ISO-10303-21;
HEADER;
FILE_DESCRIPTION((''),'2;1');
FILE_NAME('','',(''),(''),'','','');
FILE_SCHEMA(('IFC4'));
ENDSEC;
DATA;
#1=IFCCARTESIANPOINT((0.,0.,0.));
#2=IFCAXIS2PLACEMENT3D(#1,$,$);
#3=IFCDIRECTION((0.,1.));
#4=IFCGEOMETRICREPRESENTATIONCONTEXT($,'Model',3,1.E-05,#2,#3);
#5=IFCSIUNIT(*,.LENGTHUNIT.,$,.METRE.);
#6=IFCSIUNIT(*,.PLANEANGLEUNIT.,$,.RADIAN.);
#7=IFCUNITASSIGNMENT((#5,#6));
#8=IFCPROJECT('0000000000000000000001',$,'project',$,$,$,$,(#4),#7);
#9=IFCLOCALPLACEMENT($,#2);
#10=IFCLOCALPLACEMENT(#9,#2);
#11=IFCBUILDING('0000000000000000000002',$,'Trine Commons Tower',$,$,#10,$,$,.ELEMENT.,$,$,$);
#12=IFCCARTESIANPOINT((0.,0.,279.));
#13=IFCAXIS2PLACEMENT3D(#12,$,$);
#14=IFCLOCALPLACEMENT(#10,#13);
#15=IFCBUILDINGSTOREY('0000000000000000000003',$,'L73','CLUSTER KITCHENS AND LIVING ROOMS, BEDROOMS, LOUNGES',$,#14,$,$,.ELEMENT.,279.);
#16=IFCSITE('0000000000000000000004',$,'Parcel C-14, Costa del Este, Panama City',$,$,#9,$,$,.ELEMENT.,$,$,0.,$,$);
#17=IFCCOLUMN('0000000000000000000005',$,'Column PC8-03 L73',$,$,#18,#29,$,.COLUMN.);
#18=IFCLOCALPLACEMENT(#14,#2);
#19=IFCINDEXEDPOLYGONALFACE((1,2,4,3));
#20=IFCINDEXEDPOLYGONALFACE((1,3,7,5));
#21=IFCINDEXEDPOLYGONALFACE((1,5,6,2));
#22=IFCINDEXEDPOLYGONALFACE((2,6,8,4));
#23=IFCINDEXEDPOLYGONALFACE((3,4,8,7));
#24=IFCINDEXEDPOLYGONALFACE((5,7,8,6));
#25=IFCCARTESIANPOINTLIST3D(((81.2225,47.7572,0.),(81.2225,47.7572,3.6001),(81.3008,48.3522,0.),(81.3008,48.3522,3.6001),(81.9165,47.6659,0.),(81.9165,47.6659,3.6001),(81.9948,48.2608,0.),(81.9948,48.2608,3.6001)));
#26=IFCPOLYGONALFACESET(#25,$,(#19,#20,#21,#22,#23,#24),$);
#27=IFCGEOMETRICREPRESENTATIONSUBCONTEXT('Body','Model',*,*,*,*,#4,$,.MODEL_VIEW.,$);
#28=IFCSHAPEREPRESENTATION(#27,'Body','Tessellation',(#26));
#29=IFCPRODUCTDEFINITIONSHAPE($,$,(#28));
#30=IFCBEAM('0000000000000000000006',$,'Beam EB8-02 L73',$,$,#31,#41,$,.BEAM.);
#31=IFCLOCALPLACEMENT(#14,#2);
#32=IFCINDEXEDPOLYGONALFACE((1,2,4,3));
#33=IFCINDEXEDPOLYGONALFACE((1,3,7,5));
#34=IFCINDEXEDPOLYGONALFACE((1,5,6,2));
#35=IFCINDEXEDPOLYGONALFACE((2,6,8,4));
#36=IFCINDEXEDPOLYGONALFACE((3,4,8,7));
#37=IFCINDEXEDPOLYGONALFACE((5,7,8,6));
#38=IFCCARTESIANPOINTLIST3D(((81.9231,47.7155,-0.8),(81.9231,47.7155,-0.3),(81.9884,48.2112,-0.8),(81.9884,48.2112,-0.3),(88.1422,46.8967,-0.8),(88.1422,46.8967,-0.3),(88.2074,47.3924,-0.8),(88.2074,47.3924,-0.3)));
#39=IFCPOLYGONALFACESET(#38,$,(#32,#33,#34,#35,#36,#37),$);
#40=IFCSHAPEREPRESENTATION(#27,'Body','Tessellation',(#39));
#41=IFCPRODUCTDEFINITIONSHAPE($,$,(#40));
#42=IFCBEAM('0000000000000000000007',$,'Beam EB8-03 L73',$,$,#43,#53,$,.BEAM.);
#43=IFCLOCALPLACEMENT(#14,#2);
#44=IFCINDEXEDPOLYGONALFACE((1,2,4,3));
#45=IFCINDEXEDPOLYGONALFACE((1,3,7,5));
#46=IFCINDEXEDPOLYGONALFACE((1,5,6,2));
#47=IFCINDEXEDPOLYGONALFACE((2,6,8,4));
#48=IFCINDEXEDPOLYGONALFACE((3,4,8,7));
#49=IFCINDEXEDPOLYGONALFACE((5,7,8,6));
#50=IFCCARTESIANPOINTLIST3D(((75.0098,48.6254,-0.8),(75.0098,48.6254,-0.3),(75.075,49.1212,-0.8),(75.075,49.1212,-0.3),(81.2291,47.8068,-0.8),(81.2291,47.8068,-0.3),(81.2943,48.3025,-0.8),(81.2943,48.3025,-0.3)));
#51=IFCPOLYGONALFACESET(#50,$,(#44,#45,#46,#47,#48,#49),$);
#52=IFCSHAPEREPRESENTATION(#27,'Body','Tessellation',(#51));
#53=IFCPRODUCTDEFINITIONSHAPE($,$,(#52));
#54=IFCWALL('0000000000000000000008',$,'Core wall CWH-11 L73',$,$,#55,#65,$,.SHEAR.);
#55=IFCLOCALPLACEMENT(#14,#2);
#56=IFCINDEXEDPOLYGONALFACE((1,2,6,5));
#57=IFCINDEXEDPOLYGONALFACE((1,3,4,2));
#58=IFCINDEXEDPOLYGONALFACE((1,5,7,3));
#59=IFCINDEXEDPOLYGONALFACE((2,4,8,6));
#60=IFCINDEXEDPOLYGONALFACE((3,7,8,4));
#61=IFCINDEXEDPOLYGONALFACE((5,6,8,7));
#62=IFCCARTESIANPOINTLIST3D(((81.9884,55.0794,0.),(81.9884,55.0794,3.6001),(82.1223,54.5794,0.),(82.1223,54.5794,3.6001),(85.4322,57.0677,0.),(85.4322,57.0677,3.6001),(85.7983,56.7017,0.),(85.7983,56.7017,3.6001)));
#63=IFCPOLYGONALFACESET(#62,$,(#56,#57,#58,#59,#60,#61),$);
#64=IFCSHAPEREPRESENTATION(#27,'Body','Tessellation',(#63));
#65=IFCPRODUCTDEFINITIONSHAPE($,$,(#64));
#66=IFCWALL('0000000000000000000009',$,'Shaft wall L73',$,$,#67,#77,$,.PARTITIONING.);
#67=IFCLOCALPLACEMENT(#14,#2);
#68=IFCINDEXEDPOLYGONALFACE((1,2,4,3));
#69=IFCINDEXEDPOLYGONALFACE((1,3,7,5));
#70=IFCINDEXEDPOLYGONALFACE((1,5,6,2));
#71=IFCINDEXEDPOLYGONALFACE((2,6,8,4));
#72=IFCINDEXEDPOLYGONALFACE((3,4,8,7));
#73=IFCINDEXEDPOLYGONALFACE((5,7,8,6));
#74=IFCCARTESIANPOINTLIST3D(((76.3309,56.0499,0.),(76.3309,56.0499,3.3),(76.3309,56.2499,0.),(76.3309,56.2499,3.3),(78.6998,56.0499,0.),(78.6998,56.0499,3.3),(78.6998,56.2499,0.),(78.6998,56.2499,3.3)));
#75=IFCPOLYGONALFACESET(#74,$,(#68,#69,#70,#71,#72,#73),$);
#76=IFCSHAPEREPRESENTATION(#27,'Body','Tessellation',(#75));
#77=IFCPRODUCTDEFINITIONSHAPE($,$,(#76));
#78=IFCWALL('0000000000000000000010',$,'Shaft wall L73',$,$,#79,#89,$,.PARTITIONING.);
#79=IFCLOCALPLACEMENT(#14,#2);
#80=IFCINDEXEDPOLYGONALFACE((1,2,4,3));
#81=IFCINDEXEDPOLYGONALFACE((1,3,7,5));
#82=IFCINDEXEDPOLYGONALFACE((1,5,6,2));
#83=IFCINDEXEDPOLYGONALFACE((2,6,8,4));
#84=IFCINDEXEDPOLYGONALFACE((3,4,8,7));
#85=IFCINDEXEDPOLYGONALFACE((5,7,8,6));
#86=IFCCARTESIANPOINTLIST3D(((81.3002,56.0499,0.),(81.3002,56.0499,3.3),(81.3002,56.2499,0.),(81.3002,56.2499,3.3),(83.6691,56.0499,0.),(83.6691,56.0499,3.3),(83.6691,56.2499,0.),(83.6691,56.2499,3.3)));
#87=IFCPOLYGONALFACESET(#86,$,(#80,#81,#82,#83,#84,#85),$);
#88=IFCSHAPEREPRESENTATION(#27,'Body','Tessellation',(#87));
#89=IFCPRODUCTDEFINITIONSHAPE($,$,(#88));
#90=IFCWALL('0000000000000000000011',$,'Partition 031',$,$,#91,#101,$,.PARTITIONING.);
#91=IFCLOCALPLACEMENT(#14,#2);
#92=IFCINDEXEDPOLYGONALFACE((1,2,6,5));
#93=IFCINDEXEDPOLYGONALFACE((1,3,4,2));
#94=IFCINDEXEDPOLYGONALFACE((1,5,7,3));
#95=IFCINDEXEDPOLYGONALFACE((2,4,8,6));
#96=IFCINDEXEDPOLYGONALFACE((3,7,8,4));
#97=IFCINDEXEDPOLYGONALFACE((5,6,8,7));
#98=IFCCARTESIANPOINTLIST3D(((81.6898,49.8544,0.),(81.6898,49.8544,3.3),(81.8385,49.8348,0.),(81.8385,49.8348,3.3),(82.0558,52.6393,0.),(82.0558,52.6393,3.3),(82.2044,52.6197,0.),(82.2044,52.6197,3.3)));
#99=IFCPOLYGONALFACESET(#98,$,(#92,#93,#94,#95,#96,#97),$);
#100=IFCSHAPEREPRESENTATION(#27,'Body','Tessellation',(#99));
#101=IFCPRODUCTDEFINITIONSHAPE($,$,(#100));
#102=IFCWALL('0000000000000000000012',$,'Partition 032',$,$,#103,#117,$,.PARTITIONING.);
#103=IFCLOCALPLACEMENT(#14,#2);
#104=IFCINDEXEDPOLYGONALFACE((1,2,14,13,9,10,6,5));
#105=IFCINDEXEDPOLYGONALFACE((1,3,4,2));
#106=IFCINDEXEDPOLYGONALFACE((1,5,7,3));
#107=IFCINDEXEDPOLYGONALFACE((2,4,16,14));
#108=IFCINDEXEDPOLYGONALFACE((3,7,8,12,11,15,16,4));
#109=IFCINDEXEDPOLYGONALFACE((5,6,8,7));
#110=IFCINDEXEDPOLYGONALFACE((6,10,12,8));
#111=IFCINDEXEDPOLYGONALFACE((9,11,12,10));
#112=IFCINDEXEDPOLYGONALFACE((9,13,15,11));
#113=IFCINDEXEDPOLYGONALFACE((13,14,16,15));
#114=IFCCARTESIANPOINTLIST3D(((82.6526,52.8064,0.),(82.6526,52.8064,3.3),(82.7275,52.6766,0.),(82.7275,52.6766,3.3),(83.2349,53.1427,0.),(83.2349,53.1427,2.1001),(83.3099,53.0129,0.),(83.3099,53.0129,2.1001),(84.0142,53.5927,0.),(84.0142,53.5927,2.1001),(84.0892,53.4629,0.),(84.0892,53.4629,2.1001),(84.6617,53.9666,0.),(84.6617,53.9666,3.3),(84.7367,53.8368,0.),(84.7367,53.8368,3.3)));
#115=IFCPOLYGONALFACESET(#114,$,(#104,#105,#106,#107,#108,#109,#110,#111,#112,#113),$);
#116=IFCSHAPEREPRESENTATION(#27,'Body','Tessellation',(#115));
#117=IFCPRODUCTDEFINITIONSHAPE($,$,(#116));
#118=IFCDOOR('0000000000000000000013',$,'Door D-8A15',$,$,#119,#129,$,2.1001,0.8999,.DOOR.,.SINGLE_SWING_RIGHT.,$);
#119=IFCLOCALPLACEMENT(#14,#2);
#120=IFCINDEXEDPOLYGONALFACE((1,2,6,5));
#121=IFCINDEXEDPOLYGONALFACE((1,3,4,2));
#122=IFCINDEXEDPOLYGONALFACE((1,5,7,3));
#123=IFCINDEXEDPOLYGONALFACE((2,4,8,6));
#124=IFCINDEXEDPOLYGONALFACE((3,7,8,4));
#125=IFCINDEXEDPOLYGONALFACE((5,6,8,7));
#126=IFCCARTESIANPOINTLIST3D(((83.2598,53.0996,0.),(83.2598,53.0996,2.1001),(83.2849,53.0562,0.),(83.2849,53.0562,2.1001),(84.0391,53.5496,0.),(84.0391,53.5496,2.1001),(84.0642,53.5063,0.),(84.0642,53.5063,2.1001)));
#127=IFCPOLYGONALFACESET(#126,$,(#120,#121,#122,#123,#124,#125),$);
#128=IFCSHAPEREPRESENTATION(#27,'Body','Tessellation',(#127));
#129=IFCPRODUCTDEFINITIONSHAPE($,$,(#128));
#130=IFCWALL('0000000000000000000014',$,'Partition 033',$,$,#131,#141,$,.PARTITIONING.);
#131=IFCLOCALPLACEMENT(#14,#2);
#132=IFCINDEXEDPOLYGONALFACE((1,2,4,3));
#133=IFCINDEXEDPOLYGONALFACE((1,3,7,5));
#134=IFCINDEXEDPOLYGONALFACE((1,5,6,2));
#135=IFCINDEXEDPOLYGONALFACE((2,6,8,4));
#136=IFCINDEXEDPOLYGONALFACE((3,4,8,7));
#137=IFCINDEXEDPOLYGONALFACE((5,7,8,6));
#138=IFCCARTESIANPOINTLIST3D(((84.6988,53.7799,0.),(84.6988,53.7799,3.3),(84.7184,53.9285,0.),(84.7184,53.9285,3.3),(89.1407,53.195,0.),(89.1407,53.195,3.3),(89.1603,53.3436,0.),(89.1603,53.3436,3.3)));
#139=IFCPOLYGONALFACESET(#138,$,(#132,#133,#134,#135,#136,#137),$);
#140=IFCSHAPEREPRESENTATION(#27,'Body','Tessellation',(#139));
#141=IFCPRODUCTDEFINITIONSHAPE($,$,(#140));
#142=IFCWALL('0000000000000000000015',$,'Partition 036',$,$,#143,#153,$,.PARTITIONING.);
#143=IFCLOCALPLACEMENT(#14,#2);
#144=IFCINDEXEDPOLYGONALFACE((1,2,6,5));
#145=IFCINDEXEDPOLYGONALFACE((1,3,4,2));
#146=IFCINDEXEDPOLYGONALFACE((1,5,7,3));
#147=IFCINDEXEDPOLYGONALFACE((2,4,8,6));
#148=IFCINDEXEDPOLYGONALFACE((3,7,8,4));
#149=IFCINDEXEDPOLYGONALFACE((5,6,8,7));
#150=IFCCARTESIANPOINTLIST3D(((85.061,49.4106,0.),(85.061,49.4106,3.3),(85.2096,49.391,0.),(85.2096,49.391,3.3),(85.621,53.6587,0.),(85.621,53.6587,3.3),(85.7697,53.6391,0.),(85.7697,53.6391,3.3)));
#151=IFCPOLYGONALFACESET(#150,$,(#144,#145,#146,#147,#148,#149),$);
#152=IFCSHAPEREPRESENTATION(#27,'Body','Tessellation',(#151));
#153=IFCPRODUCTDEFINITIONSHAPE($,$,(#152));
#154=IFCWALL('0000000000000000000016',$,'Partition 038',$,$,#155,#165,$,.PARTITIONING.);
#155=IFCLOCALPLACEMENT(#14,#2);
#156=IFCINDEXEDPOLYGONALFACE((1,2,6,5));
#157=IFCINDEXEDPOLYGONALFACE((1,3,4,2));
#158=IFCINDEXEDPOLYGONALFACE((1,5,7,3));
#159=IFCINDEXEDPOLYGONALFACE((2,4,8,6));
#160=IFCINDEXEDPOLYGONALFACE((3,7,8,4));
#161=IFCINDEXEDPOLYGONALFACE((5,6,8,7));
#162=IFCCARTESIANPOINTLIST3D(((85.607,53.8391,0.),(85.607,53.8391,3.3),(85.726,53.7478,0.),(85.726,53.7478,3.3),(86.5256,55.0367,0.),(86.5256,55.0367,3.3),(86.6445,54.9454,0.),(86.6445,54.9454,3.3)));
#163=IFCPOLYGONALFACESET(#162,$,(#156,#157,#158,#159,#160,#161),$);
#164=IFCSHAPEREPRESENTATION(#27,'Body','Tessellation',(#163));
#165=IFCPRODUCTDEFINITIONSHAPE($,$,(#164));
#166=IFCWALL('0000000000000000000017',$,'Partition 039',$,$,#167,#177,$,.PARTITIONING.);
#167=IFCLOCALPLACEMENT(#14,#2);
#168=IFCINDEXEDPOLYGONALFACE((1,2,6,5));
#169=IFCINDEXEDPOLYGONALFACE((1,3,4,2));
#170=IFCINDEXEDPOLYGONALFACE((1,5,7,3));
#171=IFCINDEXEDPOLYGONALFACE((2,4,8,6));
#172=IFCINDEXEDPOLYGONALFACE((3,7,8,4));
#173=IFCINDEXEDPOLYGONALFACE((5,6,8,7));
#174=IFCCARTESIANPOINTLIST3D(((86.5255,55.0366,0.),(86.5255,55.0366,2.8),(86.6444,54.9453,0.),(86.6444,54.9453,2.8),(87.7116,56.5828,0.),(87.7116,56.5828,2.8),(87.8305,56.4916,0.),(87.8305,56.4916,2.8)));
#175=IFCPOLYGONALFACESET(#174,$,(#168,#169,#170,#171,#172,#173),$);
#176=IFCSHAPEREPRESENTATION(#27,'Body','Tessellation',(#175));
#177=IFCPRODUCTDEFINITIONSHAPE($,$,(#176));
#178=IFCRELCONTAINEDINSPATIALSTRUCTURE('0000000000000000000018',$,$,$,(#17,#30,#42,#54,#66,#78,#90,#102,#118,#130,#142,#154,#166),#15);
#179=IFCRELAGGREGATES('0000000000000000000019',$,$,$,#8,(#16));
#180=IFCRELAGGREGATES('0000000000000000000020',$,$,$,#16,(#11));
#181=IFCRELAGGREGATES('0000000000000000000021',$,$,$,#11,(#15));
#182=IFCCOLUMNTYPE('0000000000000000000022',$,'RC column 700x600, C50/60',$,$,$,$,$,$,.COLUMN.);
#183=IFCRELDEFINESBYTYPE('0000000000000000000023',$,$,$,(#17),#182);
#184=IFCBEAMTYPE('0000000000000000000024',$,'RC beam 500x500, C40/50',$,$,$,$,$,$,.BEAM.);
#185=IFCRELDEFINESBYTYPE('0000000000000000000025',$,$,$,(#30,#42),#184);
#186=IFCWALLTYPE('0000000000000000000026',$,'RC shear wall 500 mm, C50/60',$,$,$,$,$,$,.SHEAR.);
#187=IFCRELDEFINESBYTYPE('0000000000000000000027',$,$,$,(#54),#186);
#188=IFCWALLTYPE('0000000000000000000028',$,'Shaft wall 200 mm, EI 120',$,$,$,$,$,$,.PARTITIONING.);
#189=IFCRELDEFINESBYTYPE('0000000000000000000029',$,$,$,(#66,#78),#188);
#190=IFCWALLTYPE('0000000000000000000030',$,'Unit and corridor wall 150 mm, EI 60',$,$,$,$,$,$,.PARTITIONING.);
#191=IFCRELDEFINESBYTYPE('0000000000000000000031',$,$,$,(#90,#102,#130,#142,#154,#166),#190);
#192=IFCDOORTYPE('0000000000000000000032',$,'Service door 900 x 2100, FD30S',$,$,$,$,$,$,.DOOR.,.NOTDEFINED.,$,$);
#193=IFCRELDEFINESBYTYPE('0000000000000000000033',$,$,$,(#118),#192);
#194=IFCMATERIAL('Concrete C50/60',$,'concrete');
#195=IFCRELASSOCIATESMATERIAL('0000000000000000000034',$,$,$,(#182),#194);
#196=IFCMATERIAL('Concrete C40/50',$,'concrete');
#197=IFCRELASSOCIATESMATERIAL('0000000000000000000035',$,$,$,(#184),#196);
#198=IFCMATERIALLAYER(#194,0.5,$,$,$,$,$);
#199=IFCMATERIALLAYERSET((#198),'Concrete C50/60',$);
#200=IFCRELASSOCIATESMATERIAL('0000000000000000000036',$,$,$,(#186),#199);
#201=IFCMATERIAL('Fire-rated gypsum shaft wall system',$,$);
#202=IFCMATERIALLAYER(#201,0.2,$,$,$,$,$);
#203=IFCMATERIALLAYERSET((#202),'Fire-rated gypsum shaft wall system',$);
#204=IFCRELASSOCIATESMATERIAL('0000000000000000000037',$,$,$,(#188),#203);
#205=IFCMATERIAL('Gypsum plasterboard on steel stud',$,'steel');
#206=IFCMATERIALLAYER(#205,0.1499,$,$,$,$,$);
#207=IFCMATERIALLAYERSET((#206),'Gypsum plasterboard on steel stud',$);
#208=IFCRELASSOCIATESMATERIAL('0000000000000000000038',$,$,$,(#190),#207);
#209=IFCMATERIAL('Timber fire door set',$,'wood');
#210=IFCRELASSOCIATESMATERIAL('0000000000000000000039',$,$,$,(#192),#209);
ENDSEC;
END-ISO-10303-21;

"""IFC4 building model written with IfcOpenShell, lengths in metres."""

from ifc_helpers import new_model, si_unit, direction, frame, frame_2d, origin, origin_2d, place, context, subcontext, project, spatial, polyline, rectangle, outline, extrude, material, layer, layer_set, material_profile, profile_set, type_object, element, fill, save


model = new_model("IFC4")

# Units and contexts
model_context = context("Model", 3, precision=1e-05, world=origin(), true_north=direction((0.0, 1.0)))
body_context = subcontext(model_context, "Body", "Model", "MODEL_VIEW")
ifc_project = project(units=[si_unit("LENGTHUNIT", "METRE"), si_unit("PLANEANGLEUNIT", "RADIAN")], contexts=[model_context])

# Site, building, storey
site_placement = place(None, origin())
site = spatial("IfcSite", under=ifc_project, at=site_placement, Name="Parcel C-14, Costa del Este, Panama City", CompositionType="ELEMENT", RefElevation=0.0)
building_placement = place(site_placement, origin())
building = spatial("IfcBuilding", under=site, at=building_placement, Name="Trine Commons Tower", CompositionType="ELEMENT")
storey_placement = place(building_placement, frame((0.0, 0.0, 279.0)))
storey = spatial("IfcBuildingStorey", under=building, at=storey_placement, Name="L73", Description="CLUSTER KITCHENS AND LIVING ROOMS, BEDROOMS, LOUNGES", CompositionType="ELEMENT", Elevation=279.0)

# Column
ifc_material_1 = material(Name="Concrete C50/60", Category="concrete")
ifc_material_profile_1 = material_profile(ifc_material_1, rectangle(XDim=0.7, YDim=0.6001, at=origin_2d()), Name="RC 700x600")
ifc_profile_set_1 = profile_set([ifc_material_profile_1], Name="Concrete C50/60")
column_type = type_object("IfcColumnType", Name="RC column 700x600, C50/60", PredefinedType="COLUMN", material=ifc_profile_set_1)
column_placement = place(storey_placement, frame((81.6086, 48.009, 0.0), z_axis=(0.0, 0.0, 1.0), x_axis=(-0.991445, 0.130526, 0.0)))
element("IfcColumn", 1, at=column_placement, inside=storey, type_object=column_type, Name="Column PC8-03 L73", PredefinedType="COLUMN", context=body_context, shape_type="SweptSolid", body=[
    extrude(rectangle(XDim=0.7, YDim=0.6001, at=origin_2d()), origin(), (0.0, 0.0, 1.0), 3.6001),
])

# Beams
ifc_material_2 = material(Name="Concrete C40/50", Category="concrete")
ifc_material_profile_2 = material_profile(ifc_material_2, rectangle(XDim=0.5, YDim=0.5, at=origin_2d()), Name="RC 500x500")
ifc_profile_set_2 = profile_set([ifc_material_profile_2], Name="Concrete C40/50")
beam_type = type_object("IfcBeamType", Name="RC beam 500x500, C40/50", PredefinedType="BEAM", material=ifc_profile_set_2)
beam_1_placement = place(storey_placement, frame((88.1748, 47.1445, -0.55), z_axis=(-0.991443, 0.130542, 0.0), x_axis=(-0.130542, -0.991443, 0.0)))
element("IfcBeam", 2, at=beam_1_placement, inside=storey, type_object=beam_type, Name="Beam EB8-02 L73", PredefinedType="BEAM", context=body_context, shape_type="SweptSolid", body=[
    extrude(rectangle(XDim=0.5, YDim=0.5, at=origin_2d()), origin(), (0.0, 0.0, 1.0), 6.2727),
])
beam_2_placement = place(storey_placement, frame((81.2617, 48.0547, -0.55), z_axis=(-0.991448, 0.130499, 0.0), x_axis=(-0.130499, -0.991448, 0.0)))
element("IfcBeam", 3, at=beam_2_placement, inside=storey, type_object=beam_type, Name="Beam EB8-03 L73", PredefinedType="BEAM", context=body_context, shape_type="SweptSolid", body=[
    extrude(rectangle(XDim=0.5, YDim=0.5, at=origin_2d()), origin(), (0.0, 0.0, 1.0), 6.2729),
])

# Walls
ifc_layer_1 = layer(ifc_material_1, 0.5)
ifc_layer_set_1 = layer_set([ifc_layer_1], Name="Concrete C50/60")
wall_type_1 = type_object("IfcWallType", Name="RC shear wall 500 mm, C50/60", PredefinedType="SHEAR", material=ifc_layer_set_1)
wall_1_placement = place(storey_placement, frame((81.9973, 54.7959, 0.0), z_axis=(0.0, 0.0, 1.0), x_axis=(0.866029, 0.499993, 0.0)))
element("IfcWall", 4, at=wall_1_placement, inside=storey, type_object=wall_type_1, Name="Core wall CWH-11 L73", PredefinedType="SHEAR", context=body_context, shape_type="SweptSolid", body=[
    extrude(outline(polyline([(0.0, -0.25), (4.2446, -0.25), (4.1106, 0.25), (0.134, 0.25), (0.0, -0.25)])), origin(), (0.0, 0.0, 1.0), 3.6001),
])
ifc_material_3 = material(Name="Fire-rated gypsum shaft wall system")
ifc_layer_2 = layer(ifc_material_3, 0.2)
ifc_layer_set_2 = layer_set([ifc_layer_2], Name="Fire-rated gypsum shaft wall system")
wall_type_2 = type_object("IfcWallType", Name="Shaft wall 200 mm, EI 120", PredefinedType="PARTITIONING", material=ifc_layer_set_2)
for number, where, z_axis, x_axis, name in (
    (5, (78.7, 56.1499, 0.0), (0.0, 0.0, 1.0), (-1.0, 0.0, 0.0), "Shaft wall L73"),
    (6, (81.3, 56.1499, 0.0), (0.0, 0.0, 1.0), (1.0, 0.0, 0.0), "Shaft wall L73"),
):
    element("IfcWall", number, at=place(storey_placement, frame(where, z_axis=z_axis, x_axis=x_axis)), inside=storey, type_object=wall_type_2, Name=name, PredefinedType="PARTITIONING", context=body_context, shape_type="SweptSolid", body=[
        extrude(rectangle(XDim=2.3689, YDim=0.2, at=frame_2d((1.1846, 0.0))), origin(), (0.0, 0.0, 1.0), 3.3),
    ])
ifc_material_4 = material(Name="Gypsum plasterboard on steel stud", Category="steel")
ifc_layer_3 = layer(ifc_material_4, 0.1499)
ifc_layer_set_3 = layer_set([ifc_layer_3], Name="Gypsum plasterboard on steel stud")
wall_type_3 = type_object("IfcWallType", Name="Unit and corridor wall 150 mm, EI 60", PredefinedType="PARTITIONING", material=ifc_layer_set_3)
wall_2_placement = place(storey_placement, frame((81.7642, 49.8447, 0.0), z_axis=(0.0, 0.0, 1.0), x_axis=(0.13029, 0.991476, 0.0)))
element("IfcWall", 7, at=wall_2_placement, inside=storey, type_object=wall_type_3, Name="Partition 031", PredefinedType="PARTITIONING", context=body_context, shape_type="SweptSolid", body=[
    extrude(rectangle(XDim=2.8088, YDim=0.1499, at=frame_2d((1.4043, 0.0))), origin(), (0.0, 0.0, 1.0), 3.3),
])

# Wall, opening, door
wall_3_placement = place(storey_placement, frame((82.6899, 52.7415, 0.0), z_axis=(0.0, 0.0, 1.0), x_axis=(0.865981, 0.500078, 0.0)))
wall_3 = element("IfcWall", 8, at=wall_3_placement, inside=storey, type_object=wall_type_3, Name="Partition 032", PredefinedType="PARTITIONING", context=body_context, shape_type="SweptSolid", body=[
    extrude(rectangle(XDim=2.3201, YDim=0.1499, at=frame_2d((1.1602, 0.0))), origin(), (0.0, 0.0, 1.0), 3.3),
])
opening_1_placement = place(wall_3_placement, frame((0.6726, 0.0, 0.0)))
opening_1 = element("IfcOpeningElement", 9, at=opening_1_placement, cuts=wall_3, PredefinedType="OPENING", context=body_context, shape_type="SweptSolid", body=[
    extrude(rectangle(XDim=0.8999, YDim=2.1001, at=frame_2d((0.45, 1.05))), frame((0.0, 0.085, 0.0), z_axis=(0.0, -1.0, 0.0), x_axis=(1.0, 0.0, 0.0)), (0.0, 0.0, 1.0), 0.1699),
])
ifc_material_5 = material(Name="Timber fire door set", Category="wood")
door_type_1 = type_object("IfcDoorType", Name="Service door 900 x 2100, FD30S", OperationType="NOTDEFINED", PredefinedType="DOOR", material=ifc_material_5)
door_1_placement = place(opening_1_placement, frame((0.8999, 0.0, 0.0), z_axis=(0.0, 0.0, 1.0), x_axis=(-1.0, 0.0, 0.0)))
door_1 = element("IfcDoor", 10, at=door_1_placement, inside=storey, type_object=door_type_1, Name="Door D-8A15", OperationType="SINGLE_SWING_RIGHT", OverallHeight=2.1001, OverallWidth=0.8999, PredefinedType="DOOR", context=body_context, shape_type="SweptSolid", body=[
    extrude(rectangle(XDim=0.8999, YDim=2.1001, at=frame_2d((0.45, 1.05))), frame((0.0, 0.0249, 0.0), z_axis=(0.0, -1.0, 0.0), x_axis=(1.0, 0.0, 0.0)), (0.0, 0.0, 1.0), 0.05),
])
fill(opening_1, door_1)

# Walls
wall_4_placement = place(storey_placement, frame((84.7085, 53.8542, 0.0), z_axis=(0.0, 0.0, 1.0), x_axis=(0.99144, -0.130564, 0.0)))
element("IfcWall", 11, at=wall_4_placement, inside=storey, type_object=wall_type_3, Name="Partition 033", PredefinedType="PARTITIONING", context=body_context, shape_type="SweptSolid", body=[
    extrude(rectangle(XDim=4.4802, YDim=0.1499, at=frame_2d((2.2402, 0.0))), origin(), (0.0, 0.0, 1.0), 3.3),
])
wall_5_placement = place(storey_placement, frame((85.1353, 49.4006, 0.0), z_axis=(0.0, 0.0, 1.0), x_axis=(0.130708, 0.991421, 0.0)))
element("IfcWall", 12, at=wall_5_placement, inside=storey, type_object=wall_type_3, Name="Partition 036", PredefinedType="PARTITIONING", context=body_context, shape_type="SweptSolid", body=[
    extrude(rectangle(XDim=4.2849, YDim=0.1499, at=frame_2d((2.1426, 0.0))), origin(), (0.0, 0.0, 1.0), 3.3),
])
wall_6_placement = place(storey_placement, frame((85.6665, 53.7935, 0.0), z_axis=(0.0, 0.0, 1.0), x_axis=(0.608584, 0.793489, 0.0)))
element("IfcWall", 13, at=wall_6_placement, inside=storey, type_object=wall_type_3, Name="Partition 038", PredefinedType="PARTITIONING", context=body_context, shape_type="SweptSolid", body=[
    extrude(rectangle(XDim=1.5093, YDim=0.1499, at=frame_2d((0.7546, 0.0))), origin(), (0.0, 0.0, 1.0), 3.3),
])
wall_7_placement = place(storey_placement, frame((86.585, 54.991, 0.0), z_axis=(0.0, 0.0, 1.0), x_axis=(0.608645, 0.793443, 0.0)))
element("IfcWall", 14, at=wall_7_placement, inside=storey, type_object=wall_type_3, Name="Partition 039", PredefinedType="PARTITIONING", context=body_context, shape_type="SweptSolid", body=[
    extrude(rectangle(XDim=1.9487, YDim=0.1499, at=frame_2d((0.9744, 0.0))), origin(), (0.0, 0.0, 1.0), 2.8),
])

save(model, "model.ifc")
